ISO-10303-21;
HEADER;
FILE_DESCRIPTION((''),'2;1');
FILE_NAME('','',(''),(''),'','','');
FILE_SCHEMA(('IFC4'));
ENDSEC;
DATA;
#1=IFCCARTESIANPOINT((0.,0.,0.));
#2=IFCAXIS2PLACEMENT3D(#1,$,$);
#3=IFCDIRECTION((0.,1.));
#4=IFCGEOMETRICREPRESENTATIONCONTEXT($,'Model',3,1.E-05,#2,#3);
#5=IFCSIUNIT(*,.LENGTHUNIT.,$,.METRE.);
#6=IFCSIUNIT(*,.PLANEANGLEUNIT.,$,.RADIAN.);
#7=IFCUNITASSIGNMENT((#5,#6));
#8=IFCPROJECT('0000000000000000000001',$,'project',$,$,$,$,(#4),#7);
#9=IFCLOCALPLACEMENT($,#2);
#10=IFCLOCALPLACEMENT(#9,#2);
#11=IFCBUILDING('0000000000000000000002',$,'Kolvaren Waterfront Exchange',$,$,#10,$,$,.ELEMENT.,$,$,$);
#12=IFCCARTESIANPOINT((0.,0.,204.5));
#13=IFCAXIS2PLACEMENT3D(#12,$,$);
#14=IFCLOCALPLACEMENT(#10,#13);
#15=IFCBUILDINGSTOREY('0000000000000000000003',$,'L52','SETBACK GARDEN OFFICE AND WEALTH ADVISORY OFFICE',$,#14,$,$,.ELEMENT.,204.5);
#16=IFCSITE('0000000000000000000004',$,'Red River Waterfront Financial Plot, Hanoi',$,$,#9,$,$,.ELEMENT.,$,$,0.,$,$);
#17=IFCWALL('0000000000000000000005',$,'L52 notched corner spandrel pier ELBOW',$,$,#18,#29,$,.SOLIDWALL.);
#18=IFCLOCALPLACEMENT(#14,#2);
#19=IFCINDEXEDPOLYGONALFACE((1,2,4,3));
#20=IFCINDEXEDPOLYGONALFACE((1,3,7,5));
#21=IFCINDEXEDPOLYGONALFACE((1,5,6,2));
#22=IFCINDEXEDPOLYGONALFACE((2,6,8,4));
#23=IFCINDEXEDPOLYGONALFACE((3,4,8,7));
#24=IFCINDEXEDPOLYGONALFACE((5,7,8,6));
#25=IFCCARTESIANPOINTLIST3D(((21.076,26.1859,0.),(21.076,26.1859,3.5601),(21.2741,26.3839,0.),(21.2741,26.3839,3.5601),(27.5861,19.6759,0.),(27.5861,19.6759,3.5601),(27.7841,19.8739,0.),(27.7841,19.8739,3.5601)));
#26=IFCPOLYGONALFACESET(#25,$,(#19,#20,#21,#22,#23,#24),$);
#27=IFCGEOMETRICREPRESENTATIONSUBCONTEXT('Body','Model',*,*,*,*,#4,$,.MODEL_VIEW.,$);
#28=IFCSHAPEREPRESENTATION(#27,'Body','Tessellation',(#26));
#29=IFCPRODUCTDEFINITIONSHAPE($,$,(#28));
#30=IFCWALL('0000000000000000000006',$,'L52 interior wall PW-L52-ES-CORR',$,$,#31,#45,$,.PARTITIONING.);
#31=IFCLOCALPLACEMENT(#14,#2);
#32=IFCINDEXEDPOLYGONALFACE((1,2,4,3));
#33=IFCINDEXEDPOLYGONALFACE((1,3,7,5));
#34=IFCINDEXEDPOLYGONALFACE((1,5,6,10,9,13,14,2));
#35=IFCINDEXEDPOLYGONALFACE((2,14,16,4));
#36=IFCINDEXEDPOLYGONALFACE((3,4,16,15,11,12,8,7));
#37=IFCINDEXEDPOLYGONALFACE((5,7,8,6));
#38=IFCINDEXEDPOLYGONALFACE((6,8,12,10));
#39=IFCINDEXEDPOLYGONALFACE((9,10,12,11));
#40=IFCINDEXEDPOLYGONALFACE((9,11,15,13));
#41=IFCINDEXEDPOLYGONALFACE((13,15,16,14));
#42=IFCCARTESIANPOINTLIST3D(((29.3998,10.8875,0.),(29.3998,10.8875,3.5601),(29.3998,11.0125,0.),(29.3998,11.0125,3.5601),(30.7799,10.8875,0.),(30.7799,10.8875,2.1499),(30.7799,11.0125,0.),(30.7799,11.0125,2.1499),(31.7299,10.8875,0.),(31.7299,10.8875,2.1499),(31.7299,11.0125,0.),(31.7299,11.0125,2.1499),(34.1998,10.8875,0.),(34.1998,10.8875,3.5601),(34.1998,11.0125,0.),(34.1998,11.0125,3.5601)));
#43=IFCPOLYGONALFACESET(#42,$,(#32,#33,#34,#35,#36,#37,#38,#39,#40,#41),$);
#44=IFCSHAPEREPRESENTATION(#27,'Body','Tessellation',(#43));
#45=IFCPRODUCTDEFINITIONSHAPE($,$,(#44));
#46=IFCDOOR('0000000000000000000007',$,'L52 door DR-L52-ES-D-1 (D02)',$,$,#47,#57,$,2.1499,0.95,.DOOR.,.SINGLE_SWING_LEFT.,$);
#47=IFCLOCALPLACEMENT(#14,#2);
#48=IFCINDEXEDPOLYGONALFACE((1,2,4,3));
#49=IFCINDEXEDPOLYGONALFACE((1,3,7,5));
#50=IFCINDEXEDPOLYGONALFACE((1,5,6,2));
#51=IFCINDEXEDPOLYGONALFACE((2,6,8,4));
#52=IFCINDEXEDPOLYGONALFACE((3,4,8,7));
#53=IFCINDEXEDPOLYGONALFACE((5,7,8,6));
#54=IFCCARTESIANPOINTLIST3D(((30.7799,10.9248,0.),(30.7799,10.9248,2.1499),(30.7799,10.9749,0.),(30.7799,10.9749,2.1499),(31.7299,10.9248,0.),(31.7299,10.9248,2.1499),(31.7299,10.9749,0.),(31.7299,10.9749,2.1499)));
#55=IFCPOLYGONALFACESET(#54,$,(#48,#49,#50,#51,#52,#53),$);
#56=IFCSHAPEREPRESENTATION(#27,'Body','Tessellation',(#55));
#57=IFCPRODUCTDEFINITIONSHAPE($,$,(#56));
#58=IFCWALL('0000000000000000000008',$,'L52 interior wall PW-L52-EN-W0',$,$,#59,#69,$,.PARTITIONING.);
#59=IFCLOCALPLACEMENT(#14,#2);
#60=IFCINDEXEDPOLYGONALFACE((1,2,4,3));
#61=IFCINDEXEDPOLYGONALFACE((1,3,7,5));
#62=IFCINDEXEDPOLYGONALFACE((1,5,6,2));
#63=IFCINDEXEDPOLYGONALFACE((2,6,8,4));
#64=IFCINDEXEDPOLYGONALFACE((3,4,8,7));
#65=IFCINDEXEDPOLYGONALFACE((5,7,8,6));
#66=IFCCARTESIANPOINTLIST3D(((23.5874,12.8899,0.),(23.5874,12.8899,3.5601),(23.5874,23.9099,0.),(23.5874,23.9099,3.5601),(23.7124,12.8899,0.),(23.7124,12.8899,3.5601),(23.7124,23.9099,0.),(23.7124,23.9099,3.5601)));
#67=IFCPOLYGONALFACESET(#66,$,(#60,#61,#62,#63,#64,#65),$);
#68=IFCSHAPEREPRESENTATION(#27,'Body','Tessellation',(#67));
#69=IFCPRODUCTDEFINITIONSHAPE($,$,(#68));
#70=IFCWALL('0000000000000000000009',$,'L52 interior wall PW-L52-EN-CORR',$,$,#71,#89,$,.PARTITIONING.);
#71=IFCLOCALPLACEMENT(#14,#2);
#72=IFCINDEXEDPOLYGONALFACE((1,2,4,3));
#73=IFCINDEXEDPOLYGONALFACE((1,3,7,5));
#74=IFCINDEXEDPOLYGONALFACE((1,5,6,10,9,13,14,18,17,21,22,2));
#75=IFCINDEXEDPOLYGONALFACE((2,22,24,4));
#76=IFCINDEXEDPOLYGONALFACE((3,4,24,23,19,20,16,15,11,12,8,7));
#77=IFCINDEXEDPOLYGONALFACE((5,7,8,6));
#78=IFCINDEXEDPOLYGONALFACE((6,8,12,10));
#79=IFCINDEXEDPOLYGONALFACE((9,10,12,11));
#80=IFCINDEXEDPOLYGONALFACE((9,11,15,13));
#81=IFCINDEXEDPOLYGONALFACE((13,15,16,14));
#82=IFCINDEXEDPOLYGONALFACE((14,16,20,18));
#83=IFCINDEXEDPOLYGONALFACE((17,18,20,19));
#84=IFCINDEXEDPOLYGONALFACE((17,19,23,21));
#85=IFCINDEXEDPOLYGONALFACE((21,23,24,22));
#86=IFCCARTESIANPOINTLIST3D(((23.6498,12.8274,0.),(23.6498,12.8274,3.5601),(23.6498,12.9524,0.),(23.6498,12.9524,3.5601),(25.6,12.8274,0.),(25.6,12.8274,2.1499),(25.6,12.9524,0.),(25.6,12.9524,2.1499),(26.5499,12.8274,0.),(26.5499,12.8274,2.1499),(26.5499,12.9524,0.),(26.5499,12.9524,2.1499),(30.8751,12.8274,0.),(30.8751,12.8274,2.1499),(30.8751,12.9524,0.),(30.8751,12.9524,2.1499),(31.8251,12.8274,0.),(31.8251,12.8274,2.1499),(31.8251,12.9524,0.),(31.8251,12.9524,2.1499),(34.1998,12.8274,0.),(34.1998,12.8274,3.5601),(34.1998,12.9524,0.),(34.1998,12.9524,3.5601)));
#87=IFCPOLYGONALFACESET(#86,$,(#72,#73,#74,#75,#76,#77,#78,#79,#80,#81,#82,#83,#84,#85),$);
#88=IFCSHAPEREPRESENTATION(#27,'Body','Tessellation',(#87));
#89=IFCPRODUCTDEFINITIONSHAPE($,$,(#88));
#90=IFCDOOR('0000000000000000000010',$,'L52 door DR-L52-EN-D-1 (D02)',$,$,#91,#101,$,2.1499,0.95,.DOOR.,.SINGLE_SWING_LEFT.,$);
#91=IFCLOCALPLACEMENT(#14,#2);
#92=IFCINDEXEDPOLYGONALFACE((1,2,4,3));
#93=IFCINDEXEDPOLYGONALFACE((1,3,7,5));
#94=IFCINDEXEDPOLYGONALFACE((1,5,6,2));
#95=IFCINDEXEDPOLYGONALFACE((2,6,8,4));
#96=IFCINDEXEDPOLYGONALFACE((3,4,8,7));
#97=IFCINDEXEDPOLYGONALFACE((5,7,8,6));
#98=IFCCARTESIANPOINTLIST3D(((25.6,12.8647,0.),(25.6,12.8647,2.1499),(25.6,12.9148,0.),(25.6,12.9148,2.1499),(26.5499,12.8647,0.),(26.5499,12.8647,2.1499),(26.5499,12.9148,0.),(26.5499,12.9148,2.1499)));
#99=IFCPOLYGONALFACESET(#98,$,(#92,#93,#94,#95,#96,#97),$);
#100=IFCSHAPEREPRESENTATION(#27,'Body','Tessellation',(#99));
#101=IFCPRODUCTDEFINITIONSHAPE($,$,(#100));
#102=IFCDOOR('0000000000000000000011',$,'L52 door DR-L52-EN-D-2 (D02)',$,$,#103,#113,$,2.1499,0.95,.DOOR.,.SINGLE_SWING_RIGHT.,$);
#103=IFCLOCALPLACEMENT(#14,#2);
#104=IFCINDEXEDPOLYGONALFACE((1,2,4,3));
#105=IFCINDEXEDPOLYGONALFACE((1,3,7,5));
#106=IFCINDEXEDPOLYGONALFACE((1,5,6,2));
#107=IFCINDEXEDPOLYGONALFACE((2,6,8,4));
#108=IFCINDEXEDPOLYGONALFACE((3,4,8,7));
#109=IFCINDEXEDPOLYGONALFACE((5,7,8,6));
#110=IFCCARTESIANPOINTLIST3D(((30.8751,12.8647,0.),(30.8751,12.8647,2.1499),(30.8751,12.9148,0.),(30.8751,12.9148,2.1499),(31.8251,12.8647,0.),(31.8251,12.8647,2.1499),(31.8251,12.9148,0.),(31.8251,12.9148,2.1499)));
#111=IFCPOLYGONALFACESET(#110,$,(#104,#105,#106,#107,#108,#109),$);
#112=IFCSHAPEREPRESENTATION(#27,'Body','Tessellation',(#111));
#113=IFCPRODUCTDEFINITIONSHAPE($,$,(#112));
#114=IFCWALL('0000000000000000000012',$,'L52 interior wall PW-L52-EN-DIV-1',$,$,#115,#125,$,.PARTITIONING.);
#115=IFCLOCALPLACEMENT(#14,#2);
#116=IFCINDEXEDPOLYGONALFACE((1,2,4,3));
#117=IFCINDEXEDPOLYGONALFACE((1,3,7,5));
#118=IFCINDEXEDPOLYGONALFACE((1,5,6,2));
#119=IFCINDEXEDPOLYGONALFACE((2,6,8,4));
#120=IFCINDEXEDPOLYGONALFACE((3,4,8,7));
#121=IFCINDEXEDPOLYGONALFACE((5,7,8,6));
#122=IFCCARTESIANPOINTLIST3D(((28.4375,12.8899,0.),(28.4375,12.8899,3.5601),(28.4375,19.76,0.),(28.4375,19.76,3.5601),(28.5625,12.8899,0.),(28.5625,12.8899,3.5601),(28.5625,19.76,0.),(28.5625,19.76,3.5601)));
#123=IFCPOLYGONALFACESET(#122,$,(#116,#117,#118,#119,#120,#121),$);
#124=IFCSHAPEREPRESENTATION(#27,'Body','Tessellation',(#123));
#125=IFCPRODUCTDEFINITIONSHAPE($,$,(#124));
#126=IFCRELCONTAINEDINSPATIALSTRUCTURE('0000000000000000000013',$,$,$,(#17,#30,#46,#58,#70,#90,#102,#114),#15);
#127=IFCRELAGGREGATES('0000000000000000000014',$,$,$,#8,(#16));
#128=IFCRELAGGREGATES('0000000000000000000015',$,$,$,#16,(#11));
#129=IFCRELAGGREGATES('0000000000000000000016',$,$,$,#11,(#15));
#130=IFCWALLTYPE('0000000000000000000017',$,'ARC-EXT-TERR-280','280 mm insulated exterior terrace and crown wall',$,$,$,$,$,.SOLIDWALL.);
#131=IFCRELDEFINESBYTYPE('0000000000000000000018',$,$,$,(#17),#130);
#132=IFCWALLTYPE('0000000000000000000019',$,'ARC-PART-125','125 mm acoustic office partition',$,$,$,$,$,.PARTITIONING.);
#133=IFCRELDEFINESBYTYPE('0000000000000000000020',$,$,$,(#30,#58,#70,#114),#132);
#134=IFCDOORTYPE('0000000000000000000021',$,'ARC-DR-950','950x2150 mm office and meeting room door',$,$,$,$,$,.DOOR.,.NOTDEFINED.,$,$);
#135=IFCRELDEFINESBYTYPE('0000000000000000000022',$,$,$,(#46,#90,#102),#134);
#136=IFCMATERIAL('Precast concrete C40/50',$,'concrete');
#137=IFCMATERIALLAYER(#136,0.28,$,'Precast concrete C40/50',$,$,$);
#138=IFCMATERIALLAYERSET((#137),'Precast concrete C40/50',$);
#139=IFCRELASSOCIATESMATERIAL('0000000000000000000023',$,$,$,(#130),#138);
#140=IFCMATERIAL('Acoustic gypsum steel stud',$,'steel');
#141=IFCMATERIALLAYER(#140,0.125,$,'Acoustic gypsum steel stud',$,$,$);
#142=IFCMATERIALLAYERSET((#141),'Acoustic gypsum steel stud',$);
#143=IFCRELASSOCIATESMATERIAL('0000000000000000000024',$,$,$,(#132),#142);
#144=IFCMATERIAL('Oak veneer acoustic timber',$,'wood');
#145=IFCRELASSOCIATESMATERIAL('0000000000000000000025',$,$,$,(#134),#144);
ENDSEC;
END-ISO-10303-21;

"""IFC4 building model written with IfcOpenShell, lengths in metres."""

from ifc_helpers import new_model, si_unit, direction, frame, frame_2d, origin, place, context, subcontext, project, spatial, rectangle, extrude, material, layer, layer_set, type_object, element, fill, save


model = new_model("IFC4")

# Units and contexts
model_context = context("Model", 3, precision=1e-05, world=origin(), true_north=direction((0.0, 1.0)))
body_context = subcontext(model_context, "Body", "Model", "MODEL_VIEW")
ifc_project = project(units=[si_unit("LENGTHUNIT", "METRE"), si_unit("PLANEANGLEUNIT", "RADIAN")], contexts=[model_context])

# Site, building, storey
site_placement = place(None, origin())
site = spatial("IfcSite", under=ifc_project, at=site_placement, Name="Red River Waterfront Financial Plot, Hanoi", CompositionType="ELEMENT", RefElevation=0.0)
building_placement = place(site_placement, origin())
building = spatial("IfcBuilding", under=site, at=building_placement, Name="Kolvaren Waterfront Exchange", CompositionType="ELEMENT")
storey_placement = place(building_placement, frame((0.0, 0.0, 204.5)))
storey = spatial("IfcBuildingStorey", under=building, at=storey_placement, Name="L52", Description="SETBACK GARDEN OFFICE AND WEALTH ADVISORY OFFICE", CompositionType="ELEMENT", Elevation=204.5)

# Wall
ifc_material_1 = material(Name="Precast concrete C40/50", Category="concrete")
ifc_layer_1 = layer(ifc_material_1, 0.28, Name="Precast concrete C40/50")
ifc_layer_set_1 = layer_set([ifc_layer_1], Name="Precast concrete C40/50")
wall_type_1 = type_object("IfcWallType", Name="ARC-EXT-TERR-280", Description="280 mm insulated exterior terrace and crown wall", PredefinedType="SOLIDWALL", material=ifc_layer_set_1)
wall_1_placement = place(storey_placement, frame((27.6851, 19.7749, 0.0), z_axis=(0.0, 0.0, 1.0), x_axis=(-0.707107, 0.707107, 0.0)))
element("IfcWall", 1, at=wall_1_placement, inside=storey, type_object=wall_type_1, Name="L52 notched corner spandrel pier ELBOW", PredefinedType="SOLIDWALL", context=body_context, shape_type="SweptSolid", body=[
    extrude(rectangle(XDim=9.2065, YDim=0.28, at=frame_2d((4.6033, 0.0))), origin(), (0.0, 0.0, 1.0), 3.5601),
])

# Wall, opening, door
ifc_material_2 = material(Name="Acoustic gypsum steel stud", Category="steel")
ifc_layer_2 = layer(ifc_material_2, 0.125, Name="Acoustic gypsum steel stud")
ifc_layer_set_2 = layer_set([ifc_layer_2], Name="Acoustic gypsum steel stud")
wall_type_2 = type_object("IfcWallType", Name="ARC-PART-125", Description="125 mm acoustic office partition", PredefinedType="PARTITIONING", material=ifc_layer_set_2)
wall_2_placement = place(storey_placement, frame((29.3999, 10.95, 0.0), z_axis=(0.0, 0.0, 1.0), x_axis=(1.0, 0.0, 0.0)))
wall_2 = element("IfcWall", 2, at=wall_2_placement, inside=storey, type_object=wall_type_2, Name="L52 interior wall PW-L52-ES-CORR", PredefinedType="PARTITIONING", context=body_context, shape_type="SweptSolid", body=[
    extrude(rectangle(XDim=4.8, YDim=0.125, at=frame_2d((2.3999, 0.0))), origin(), (0.0, 0.0, 1.0), 3.5601),
])
opening_1_placement = place(wall_2_placement, frame((1.3799, 0.0, 0.0)))
opening_1 = element("IfcOpeningElement", 3, at=opening_1_placement, cuts=wall_2, PredefinedType="OPENING", context=body_context, shape_type="SweptSolid", body=[
    extrude(rectangle(XDim=0.95, YDim=2.1499, at=frame_2d((0.4751, 1.075))), frame((0.0, 0.0725, 0.0), z_axis=(0.0, -1.0, 0.0), x_axis=(1.0, 0.0, 0.0)), (0.0, 0.0, 1.0), 0.145),
])
ifc_material_3 = material(Name="Oak veneer acoustic timber", Category="wood")
door_type = type_object("IfcDoorType", Name="ARC-DR-950", Description="950x2150 mm office and meeting room door", OperationType="NOTDEFINED", PredefinedType="DOOR", material=ifc_material_3)
door_1_placement = place(opening_1_placement, origin())
door_1 = element("IfcDoor", 4, at=door_1_placement, inside=storey, type_object=door_type, Name="L52 door DR-L52-ES-D-1 (D02)", OperationType="SINGLE_SWING_LEFT", OverallHeight=2.1499, OverallWidth=0.95, PredefinedType="DOOR", context=body_context, shape_type="SweptSolid", body=[
    extrude(rectangle(XDim=0.95, YDim=2.1499, at=frame_2d((0.4751, 1.075))), frame((0.0, 0.0249, 0.0), z_axis=(0.0, -1.0, 0.0), x_axis=(1.0, 0.0, 0.0)), (0.0, 0.0, 1.0), 0.05),
])
fill(opening_1, door_1)

# Wall
wall_3_placement = place(storey_placement, frame((23.6499, 12.8899, 0.0), z_axis=(0.0, 0.0, 1.0), x_axis=(0.0, 1.0, 0.0)))
element("IfcWall", 5, at=wall_3_placement, inside=storey, type_object=wall_type_2, Name="L52 interior wall PW-L52-EN-W0", PredefinedType="PARTITIONING", context=body_context, shape_type="SweptSolid", body=[
    extrude(rectangle(XDim=11.02, YDim=0.125, at=frame_2d((5.51, 0.0))), origin(), (0.0, 0.0, 1.0), 3.5601),
])

# Wall, openings, doors
wall_4_placement = place(storey_placement, frame((23.6499, 12.8899, 0.0), z_axis=(0.0, 0.0, 1.0), x_axis=(1.0, 0.0, 0.0)))
wall_4 = element("IfcWall", 6, at=wall_4_placement, inside=storey, type_object=wall_type_2, Name="L52 interior wall PW-L52-EN-CORR", PredefinedType="PARTITIONING", context=body_context, shape_type="SweptSolid", body=[
    extrude(rectangle(XDim=10.55, YDim=0.125, at=frame_2d((5.2749, 0.0))), origin(), (0.0, 0.0, 1.0), 3.5601),
])
opening_2_placement = place(wall_4_placement, frame((1.95, 0.0, 0.0)))
opening_2 = element("IfcOpeningElement", 7, at=opening_2_placement, cuts=wall_4, PredefinedType="OPENING", context=body_context, shape_type="SweptSolid", body=[
    extrude(rectangle(XDim=0.95, YDim=2.1499, at=frame_2d((0.4751, 1.075))), frame((0.0, 0.0725, 0.0), z_axis=(0.0, -1.0, 0.0), x_axis=(1.0, 0.0, 0.0)), (0.0, 0.0, 1.0), 0.145),
])
opening_3_placement = place(wall_4_placement, frame((7.2251, 0.0, 0.0)))
opening_3 = element("IfcOpeningElement", 8, at=opening_3_placement, cuts=wall_4, PredefinedType="OPENING", context=body_context, shape_type="SweptSolid", body=[
    extrude(rectangle(XDim=0.95, YDim=2.1499, at=frame_2d((0.4751, 1.075))), frame((0.0, 0.0725, 0.0), z_axis=(0.0, -1.0, 0.0), x_axis=(1.0, 0.0, 0.0)), (0.0, 0.0, 1.0), 0.145),
])
door_2_placement = place(opening_2_placement, origin())
door_2 = element("IfcDoor", 9, at=door_2_placement, inside=storey, type_object=door_type, Name="L52 door DR-L52-EN-D-1 (D02)", OperationType="SINGLE_SWING_LEFT", OverallHeight=2.1499, OverallWidth=0.95, PredefinedType="DOOR", context=body_context, shape_type="SweptSolid", body=[
    extrude(rectangle(XDim=0.95, YDim=2.1499, at=frame_2d((0.4751, 1.075))), frame((0.0, 0.0249, 0.0), z_axis=(0.0, -1.0, 0.0), x_axis=(1.0, 0.0, 0.0)), (0.0, 0.0, 1.0), 0.05),
])
fill(opening_2, door_2)
door_3_placement = place(opening_3_placement, origin())
door_3 = element("IfcDoor", 10, at=door_3_placement, inside=storey, type_object=door_type, Name="L52 door DR-L52-EN-D-2 (D02)", OperationType="SINGLE_SWING_RIGHT", OverallHeight=2.1499, OverallWidth=0.95, PredefinedType="DOOR", context=body_context, shape_type="SweptSolid", body=[
    extrude(rectangle(XDim=0.95, YDim=2.1499, at=frame_2d((0.4751, 1.075))), frame((0.0, 0.0249, 0.0), z_axis=(0.0, -1.0, 0.0), x_axis=(1.0, 0.0, 0.0)), (0.0, 0.0, 1.0), 0.05),
])
fill(opening_3, door_3)

# Wall
wall_5_placement = place(storey_placement, frame((28.5, 12.8899, 0.0), z_axis=(0.0, 0.0, 1.0), x_axis=(0.0, 1.0, 0.0)))
element("IfcWall", 11, at=wall_5_placement, inside=storey, type_object=wall_type_2, Name="L52 interior wall PW-L52-EN-DIV-1", PredefinedType="PARTITIONING", context=body_context, shape_type="SweptSolid", body=[
    extrude(rectangle(XDim=6.8701, YDim=0.125, at=frame_2d((3.4351, 0.0))), origin(), (0.0, 0.0, 1.0), 3.5601),
])

save(model, "model.ifc")
